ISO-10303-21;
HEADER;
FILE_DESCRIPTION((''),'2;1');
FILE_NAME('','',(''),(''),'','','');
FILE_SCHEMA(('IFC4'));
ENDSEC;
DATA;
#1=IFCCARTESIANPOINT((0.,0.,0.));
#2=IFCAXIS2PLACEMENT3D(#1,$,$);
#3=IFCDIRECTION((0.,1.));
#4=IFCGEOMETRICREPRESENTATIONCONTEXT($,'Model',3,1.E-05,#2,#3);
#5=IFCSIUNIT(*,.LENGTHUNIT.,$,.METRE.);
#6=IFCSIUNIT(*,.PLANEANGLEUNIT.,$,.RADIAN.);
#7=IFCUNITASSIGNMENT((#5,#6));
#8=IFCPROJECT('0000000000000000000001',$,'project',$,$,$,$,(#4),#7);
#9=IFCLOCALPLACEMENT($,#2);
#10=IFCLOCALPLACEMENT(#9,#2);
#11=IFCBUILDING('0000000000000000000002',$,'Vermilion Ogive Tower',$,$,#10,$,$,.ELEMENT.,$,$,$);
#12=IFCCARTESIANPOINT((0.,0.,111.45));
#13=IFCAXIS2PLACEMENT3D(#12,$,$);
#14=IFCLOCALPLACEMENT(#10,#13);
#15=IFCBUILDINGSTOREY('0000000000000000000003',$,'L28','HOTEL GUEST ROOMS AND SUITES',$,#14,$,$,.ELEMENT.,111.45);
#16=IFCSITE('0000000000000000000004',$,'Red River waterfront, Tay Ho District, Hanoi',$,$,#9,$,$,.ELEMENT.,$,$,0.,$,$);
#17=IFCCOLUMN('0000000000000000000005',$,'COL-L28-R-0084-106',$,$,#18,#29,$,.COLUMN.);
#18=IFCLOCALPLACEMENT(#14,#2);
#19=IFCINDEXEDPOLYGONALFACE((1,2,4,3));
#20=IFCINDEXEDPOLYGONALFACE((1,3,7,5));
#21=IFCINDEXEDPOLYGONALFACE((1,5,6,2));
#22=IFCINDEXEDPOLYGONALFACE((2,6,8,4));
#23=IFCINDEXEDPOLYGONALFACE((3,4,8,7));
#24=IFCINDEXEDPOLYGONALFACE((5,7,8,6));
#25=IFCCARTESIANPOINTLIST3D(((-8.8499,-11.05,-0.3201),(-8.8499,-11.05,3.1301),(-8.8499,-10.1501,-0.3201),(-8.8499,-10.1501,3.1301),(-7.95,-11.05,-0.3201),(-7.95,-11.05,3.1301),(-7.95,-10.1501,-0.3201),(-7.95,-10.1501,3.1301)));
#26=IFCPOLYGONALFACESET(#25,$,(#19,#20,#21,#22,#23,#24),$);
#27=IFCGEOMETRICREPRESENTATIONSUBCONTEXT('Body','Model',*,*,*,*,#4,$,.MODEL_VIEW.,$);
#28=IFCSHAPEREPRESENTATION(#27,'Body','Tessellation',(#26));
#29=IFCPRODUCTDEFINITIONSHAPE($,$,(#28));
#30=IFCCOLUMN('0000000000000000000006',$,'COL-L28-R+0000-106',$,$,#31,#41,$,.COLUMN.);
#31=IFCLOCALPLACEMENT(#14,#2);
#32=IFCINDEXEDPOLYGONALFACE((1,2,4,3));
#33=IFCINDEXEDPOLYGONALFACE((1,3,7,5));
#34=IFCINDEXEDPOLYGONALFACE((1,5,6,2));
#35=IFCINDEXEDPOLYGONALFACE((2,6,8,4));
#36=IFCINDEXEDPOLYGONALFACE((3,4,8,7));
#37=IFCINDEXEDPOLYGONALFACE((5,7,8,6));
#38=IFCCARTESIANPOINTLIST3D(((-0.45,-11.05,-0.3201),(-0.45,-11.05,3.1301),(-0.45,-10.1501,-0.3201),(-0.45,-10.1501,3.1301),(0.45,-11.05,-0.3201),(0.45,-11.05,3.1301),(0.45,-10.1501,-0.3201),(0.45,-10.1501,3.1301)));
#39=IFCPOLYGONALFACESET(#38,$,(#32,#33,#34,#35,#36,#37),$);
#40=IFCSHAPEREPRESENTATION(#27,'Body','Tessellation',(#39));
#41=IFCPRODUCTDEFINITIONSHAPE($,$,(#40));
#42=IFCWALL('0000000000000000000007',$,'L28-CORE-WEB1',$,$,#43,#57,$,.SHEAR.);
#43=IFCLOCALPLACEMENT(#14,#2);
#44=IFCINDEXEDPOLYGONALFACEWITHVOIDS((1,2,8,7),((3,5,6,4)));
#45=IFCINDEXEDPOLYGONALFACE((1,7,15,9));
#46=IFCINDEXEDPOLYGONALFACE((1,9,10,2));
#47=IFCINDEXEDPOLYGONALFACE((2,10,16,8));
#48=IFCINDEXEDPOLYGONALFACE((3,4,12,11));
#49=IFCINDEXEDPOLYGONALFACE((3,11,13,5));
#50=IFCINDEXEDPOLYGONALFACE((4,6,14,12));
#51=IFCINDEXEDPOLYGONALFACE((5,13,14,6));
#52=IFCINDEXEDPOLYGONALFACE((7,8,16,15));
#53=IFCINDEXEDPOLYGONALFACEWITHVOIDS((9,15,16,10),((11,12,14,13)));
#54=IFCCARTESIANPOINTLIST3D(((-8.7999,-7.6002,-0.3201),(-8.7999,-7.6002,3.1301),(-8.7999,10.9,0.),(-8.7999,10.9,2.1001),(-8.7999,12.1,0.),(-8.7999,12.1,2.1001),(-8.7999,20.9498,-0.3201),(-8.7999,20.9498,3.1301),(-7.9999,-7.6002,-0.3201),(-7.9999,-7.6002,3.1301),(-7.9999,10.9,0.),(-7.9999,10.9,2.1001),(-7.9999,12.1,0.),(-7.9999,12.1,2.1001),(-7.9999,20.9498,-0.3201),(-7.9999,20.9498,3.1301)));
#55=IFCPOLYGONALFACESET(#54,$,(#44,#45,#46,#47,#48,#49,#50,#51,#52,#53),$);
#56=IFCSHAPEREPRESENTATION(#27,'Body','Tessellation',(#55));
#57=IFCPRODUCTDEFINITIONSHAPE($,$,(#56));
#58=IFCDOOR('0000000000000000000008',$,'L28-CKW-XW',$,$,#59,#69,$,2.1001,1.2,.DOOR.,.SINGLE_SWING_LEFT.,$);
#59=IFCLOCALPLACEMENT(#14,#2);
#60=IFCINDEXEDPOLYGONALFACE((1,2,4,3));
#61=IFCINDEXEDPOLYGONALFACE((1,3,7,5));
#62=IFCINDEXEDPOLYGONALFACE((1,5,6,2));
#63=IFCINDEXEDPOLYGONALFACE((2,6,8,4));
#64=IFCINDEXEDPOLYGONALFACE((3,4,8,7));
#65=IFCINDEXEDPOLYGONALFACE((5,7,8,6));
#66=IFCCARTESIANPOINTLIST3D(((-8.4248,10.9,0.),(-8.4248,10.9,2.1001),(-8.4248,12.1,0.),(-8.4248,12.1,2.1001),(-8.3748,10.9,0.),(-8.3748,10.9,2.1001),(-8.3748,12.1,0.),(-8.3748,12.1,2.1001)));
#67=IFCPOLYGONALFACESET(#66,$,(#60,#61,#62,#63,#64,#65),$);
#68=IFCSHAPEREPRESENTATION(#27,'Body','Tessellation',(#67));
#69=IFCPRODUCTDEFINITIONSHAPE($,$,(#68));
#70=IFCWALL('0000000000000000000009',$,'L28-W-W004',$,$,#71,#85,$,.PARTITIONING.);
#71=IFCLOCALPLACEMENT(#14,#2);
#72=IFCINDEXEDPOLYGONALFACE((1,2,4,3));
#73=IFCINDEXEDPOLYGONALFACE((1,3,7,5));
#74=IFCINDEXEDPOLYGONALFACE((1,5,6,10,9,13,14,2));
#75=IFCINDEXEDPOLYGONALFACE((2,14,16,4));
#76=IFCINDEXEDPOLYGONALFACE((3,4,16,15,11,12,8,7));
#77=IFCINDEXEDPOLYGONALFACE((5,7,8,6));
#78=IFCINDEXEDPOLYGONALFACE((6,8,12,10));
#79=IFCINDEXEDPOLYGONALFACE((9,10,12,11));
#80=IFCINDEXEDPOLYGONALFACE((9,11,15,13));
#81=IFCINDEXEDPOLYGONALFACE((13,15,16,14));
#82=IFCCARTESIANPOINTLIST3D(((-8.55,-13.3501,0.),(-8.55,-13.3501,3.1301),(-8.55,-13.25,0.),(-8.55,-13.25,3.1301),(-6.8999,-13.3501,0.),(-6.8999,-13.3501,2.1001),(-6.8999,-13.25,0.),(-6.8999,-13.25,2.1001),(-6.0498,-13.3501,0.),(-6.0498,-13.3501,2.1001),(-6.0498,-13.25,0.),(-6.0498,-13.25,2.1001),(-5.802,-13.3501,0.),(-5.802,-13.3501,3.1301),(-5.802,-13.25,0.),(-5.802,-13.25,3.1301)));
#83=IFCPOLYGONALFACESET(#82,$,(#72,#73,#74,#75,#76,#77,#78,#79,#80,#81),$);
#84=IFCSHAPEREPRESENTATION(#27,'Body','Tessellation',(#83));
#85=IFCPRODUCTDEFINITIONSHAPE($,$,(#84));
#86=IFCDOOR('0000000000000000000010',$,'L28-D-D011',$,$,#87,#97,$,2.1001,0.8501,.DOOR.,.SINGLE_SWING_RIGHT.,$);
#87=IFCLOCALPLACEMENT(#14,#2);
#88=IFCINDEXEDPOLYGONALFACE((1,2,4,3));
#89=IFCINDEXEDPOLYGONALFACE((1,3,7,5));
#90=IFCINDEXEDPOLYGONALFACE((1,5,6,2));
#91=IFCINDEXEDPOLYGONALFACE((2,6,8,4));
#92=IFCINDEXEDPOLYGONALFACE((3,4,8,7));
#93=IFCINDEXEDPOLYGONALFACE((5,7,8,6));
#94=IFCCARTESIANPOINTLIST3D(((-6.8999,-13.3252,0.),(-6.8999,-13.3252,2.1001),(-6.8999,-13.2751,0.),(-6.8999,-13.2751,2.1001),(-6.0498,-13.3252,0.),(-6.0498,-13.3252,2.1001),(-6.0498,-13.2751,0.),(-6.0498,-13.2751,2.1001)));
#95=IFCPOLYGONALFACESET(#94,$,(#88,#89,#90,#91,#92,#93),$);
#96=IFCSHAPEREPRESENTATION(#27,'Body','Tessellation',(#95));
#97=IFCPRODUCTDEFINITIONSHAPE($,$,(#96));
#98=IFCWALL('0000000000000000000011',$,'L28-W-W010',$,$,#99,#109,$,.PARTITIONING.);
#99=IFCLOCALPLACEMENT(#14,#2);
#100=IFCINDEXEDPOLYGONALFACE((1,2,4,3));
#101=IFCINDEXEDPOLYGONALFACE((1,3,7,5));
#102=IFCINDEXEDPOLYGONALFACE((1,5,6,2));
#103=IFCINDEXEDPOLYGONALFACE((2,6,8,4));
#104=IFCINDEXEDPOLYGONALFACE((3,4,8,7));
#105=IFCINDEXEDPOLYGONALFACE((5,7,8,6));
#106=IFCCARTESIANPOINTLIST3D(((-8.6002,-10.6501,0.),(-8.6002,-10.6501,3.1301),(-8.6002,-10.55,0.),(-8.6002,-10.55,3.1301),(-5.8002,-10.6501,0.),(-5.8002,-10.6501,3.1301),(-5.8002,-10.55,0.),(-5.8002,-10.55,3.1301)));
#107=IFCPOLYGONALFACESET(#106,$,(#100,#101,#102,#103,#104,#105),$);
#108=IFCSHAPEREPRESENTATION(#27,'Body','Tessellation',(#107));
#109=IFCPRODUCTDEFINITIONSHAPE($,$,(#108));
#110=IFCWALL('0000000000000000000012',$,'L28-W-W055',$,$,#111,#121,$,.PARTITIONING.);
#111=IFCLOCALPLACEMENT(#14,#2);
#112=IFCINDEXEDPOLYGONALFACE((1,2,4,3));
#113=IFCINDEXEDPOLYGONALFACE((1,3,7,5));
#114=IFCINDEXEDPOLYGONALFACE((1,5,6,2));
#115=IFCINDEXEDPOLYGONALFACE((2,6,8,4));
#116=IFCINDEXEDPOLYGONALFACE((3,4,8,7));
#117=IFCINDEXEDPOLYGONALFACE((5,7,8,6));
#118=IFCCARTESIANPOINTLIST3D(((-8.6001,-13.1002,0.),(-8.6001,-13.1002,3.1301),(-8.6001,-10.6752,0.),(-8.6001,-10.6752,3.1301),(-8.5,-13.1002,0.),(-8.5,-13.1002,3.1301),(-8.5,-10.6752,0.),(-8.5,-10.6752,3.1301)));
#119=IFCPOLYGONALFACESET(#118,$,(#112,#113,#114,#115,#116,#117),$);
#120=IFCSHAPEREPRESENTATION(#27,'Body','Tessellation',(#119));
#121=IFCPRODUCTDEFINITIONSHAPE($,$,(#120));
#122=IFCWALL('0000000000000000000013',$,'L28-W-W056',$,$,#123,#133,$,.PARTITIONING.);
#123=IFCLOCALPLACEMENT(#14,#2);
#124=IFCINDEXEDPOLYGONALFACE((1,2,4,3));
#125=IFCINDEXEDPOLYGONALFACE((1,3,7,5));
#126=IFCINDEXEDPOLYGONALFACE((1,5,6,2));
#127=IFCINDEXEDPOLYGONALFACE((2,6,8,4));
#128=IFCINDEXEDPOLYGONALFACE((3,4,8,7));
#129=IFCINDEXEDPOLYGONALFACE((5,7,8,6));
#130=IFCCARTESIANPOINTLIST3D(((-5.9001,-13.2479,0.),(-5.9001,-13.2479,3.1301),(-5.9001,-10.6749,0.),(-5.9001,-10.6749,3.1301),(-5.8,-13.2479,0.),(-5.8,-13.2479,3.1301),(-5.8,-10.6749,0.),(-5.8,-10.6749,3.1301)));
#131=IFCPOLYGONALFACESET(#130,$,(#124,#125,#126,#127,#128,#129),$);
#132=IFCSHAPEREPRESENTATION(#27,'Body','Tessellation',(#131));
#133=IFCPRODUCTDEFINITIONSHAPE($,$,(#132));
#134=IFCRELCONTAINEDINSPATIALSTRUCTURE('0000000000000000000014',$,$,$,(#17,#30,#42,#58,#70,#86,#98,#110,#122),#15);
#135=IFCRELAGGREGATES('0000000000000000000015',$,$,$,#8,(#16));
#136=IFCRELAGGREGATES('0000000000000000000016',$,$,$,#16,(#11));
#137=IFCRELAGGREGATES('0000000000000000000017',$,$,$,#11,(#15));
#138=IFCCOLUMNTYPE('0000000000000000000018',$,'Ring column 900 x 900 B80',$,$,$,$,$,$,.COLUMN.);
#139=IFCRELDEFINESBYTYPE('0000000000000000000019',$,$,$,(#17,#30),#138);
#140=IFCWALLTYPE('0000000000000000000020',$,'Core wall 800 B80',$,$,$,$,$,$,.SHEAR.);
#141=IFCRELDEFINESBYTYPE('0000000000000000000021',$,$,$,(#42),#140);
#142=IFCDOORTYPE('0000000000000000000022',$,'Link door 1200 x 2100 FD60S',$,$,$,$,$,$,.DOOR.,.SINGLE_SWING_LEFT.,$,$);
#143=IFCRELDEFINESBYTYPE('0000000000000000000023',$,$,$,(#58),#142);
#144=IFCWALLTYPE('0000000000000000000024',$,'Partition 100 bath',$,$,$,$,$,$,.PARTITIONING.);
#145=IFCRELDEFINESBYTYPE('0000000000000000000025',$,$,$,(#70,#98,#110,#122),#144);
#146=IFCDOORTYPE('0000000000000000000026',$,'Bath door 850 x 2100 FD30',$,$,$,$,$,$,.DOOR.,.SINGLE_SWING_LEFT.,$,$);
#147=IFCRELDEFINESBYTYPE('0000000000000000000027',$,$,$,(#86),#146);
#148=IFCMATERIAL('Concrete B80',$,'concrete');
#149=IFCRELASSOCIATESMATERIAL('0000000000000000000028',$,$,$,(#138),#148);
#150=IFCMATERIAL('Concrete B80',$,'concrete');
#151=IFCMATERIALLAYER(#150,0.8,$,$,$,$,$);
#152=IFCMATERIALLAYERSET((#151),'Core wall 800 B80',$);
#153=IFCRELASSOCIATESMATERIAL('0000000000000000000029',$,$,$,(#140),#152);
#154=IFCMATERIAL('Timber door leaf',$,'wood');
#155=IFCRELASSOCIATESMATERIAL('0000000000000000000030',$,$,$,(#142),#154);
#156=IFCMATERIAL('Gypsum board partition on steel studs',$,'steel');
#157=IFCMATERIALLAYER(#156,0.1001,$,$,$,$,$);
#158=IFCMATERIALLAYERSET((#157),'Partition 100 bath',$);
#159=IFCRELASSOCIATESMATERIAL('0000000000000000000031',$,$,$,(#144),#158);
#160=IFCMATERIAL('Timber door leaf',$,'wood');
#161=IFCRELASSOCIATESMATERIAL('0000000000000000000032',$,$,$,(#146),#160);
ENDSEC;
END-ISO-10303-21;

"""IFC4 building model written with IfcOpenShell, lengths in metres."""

from ifc_helpers import new_model, si_unit, direction, frame, frame_2d, origin, origin_2d, place, context, subcontext, project, spatial, rectangle, extrude, material, layer, layer_set, material_profile, profile_set, type_object, element, fill, save


model = new_model("IFC4")

# Units and contexts
model_context = context("Model", 3, precision=1e-05, world=origin(), true_north=direction((0.0, 1.0)))
body_context = subcontext(model_context, "Body", "Model", "MODEL_VIEW")
ifc_project = project(units=[si_unit("LENGTHUNIT", "METRE"), si_unit("PLANEANGLEUNIT", "RADIAN")], contexts=[model_context])

# Site, building, storey
site_placement = place(None, origin())
site = spatial("IfcSite", under=ifc_project, at=site_placement, Name="Red River waterfront, Tay Ho District, Hanoi", CompositionType="ELEMENT", RefElevation=0.0)
building_placement = place(site_placement, origin())
building = spatial("IfcBuilding", under=site, at=building_placement, Name="Vermilion Ogive Tower", CompositionType="ELEMENT")
storey_placement = place(building_placement, frame((0.0, 0.0, 111.45)))
storey = spatial("IfcBuildingStorey", under=building, at=storey_placement, Name="L28", Description="HOTEL GUEST ROOMS AND SUITES", CompositionType="ELEMENT", Elevation=111.45)

# Columns
ifc_material_1 = material(Name="Concrete B80", Category="concrete")
ifc_material_profile = material_profile(ifc_material_1, rectangle(XDim=0.8999, YDim=0.8999, at=origin_2d()), Name="900 x 900")
ifc_profile_set = profile_set([ifc_material_profile], Name="Concrete B80")
column_type = type_object("IfcColumnType", Name="Ring column 900 x 900 B80", PredefinedType="COLUMN", material=ifc_profile_set)
for number, where, z_axis, x_axis, name in (
    (1, (-8.3999, -10.6001, -0.3201), (0.0, 0.0, 1.0), (1.0, 0.0, 0.0), "COL-L28-R-0084-106"),
    (2, (0.0, -10.6001, -0.3201), (0.0, 0.0, 1.0), (1.0, 0.0, 0.0), "COL-L28-R+0000-106"),
):
    element("IfcColumn", number, at=place(storey_placement, frame(where, z_axis=z_axis, x_axis=x_axis)), inside=storey, type_object=column_type, Name=name, PredefinedType="COLUMN", context=body_context, shape_type="SweptSolid", body=[
        extrude(rectangle(XDim=0.8999, YDim=0.8999, at=origin_2d()), origin(), (0.0, 0.0, 1.0), 3.4502),
    ])

# Walls, openings, doors
ifc_material_2 = material(Name="Concrete B80", Category="concrete")
ifc_layer_1 = layer(ifc_material_2, 0.8)
ifc_layer_set_1 = layer_set([ifc_layer_1], Name="Core wall 800 B80")
wall_type_1 = type_object("IfcWallType", Name="Core wall 800 B80", PredefinedType="SHEAR", material=ifc_layer_set_1)
wall_1_placement = place(storey_placement, frame((-8.3999, -7.6001, -0.3201), z_axis=(0.0, 0.0, 1.0), x_axis=(0.0, 1.0, 0.0)))
wall_1 = element("IfcWall", 3, at=wall_1_placement, inside=storey, type_object=wall_type_1, Name="L28-CORE-WEB1", PredefinedType="SHEAR", context=body_context, shape_type="SweptSolid", body=[
    extrude(rectangle(XDim=28.55, YDim=0.8, at=frame_2d((14.2749, 0.0))), origin(), (0.0, 0.0, 1.0), 3.4502),
])
opening_1_placement = place(wall_1_placement, frame((18.5, 0.0, 0.3201)))
opening_1 = element("IfcOpeningElement", 4, at=opening_1_placement, cuts=wall_1, PredefinedType="OPENING", context=body_context, shape_type="SweptSolid", body=[
    extrude(rectangle(XDim=1.2, YDim=2.1001, at=frame_2d((0.6001, 1.05))), frame((0.0, 0.4099, 0.0), z_axis=(0.0, -1.0, 0.0), x_axis=(1.0, 0.0, 0.0)), (0.0, 0.0, 1.0), 0.8201),
])
ifc_material_3 = material(Name="Timber door leaf", Category="wood")
door_type_1 = type_object("IfcDoorType", Name="Link door 1200 x 2100 FD60S", OperationType="SINGLE_SWING_LEFT", PredefinedType="DOOR", material=ifc_material_3)
door_1_placement = place(opening_1_placement, origin())
door_1 = element("IfcDoor", 5, at=door_1_placement, inside=storey, type_object=door_type_1, Name="L28-CKW-XW", OperationType="SINGLE_SWING_LEFT", OverallHeight=2.1001, OverallWidth=1.2, PredefinedType="DOOR", context=body_context, shape_type="SweptSolid", body=[
    extrude(rectangle(XDim=1.2, YDim=2.1001, at=frame_2d((0.6001, 1.05))), frame((0.0, 0.0249, 0.0), z_axis=(0.0, -1.0, 0.0), x_axis=(1.0, 0.0, 0.0)), (0.0, 0.0, 1.0), 0.05),
])
fill(opening_1, door_1)
ifc_material_4 = material(Name="Gypsum board partition on steel studs", Category="steel")
ifc_layer_2 = layer(ifc_material_4, 0.1001)
ifc_layer_set_2 = layer_set([ifc_layer_2], Name="Partition 100 bath")
wall_type_2 = type_object("IfcWallType", Name="Partition 100 bath", PredefinedType="PARTITIONING", material=ifc_layer_set_2)
wall_2_placement = place(storey_placement, frame((-8.55, -13.3, 0.0), z_axis=(0.0, 0.0, 1.0), x_axis=(1.0, 0.0, 0.0)))
wall_2 = element("IfcWall", 6, at=wall_2_placement, inside=storey, type_object=wall_type_2, Name="L28-W-W004", PredefinedType="PARTITIONING", context=body_context, shape_type="SweptSolid", body=[
    extrude(rectangle(XDim=2.748, YDim=0.1001, at=frame_2d((1.374, 0.0))), origin(), (0.0, 0.0, 1.0), 3.1301),
])
opening_2_placement = place(wall_2_placement, frame((1.6501, 0.0, 0.0)))
opening_2 = element("IfcOpeningElement", 7, at=opening_2_placement, cuts=wall_2, PredefinedType="OPENING", context=body_context, shape_type="SweptSolid", body=[
    extrude(rectangle(XDim=0.8501, YDim=2.1001, at=frame_2d((0.425, 1.05))), frame((0.0, 0.0601, 0.0), z_axis=(0.0, -1.0, 0.0), x_axis=(1.0, 0.0, 0.0)), (0.0, 0.0, 1.0), 0.1201),
])
ifc_material_5 = material(Name="Timber door leaf", Category="wood")
door_type_2 = type_object("IfcDoorType", Name="Bath door 850 x 2100 FD30", OperationType="SINGLE_SWING_LEFT", PredefinedType="DOOR", material=ifc_material_5)
door_2_placement = place(opening_2_placement, origin())
door_2 = element("IfcDoor", 8, at=door_2_placement, inside=storey, type_object=door_type_2, Name="L28-D-D011", OperationType="SINGLE_SWING_RIGHT", OverallHeight=2.1001, OverallWidth=0.8501, PredefinedType="DOOR", context=body_context, shape_type="SweptSolid", body=[
    extrude(rectangle(XDim=0.8501, YDim=2.1001, at=frame_2d((0.425, 1.05))), frame((0.0, 0.0249, 0.0), z_axis=(0.0, -1.0, 0.0), x_axis=(1.0, 0.0, 0.0)), (0.0, 0.0, 1.0), 0.05),
])
fill(opening_2, door_2)

# Walls
wall_3_placement = place(storey_placement, frame((-8.6001, -10.6001, 0.0), z_axis=(0.0, 0.0, 1.0), x_axis=(1.0, 0.0, 0.0)))
element("IfcWall", 9, at=wall_3_placement, inside=storey, type_object=wall_type_2, Name="L28-W-W010", PredefinedType="PARTITIONING", context=body_context, shape_type="SweptSolid", body=[
    extrude(rectangle(XDim=2.8, YDim=0.1001, at=frame_2d((1.3999, 0.0))), origin(), (0.0, 0.0, 1.0), 3.1301),
])
wall_4_placement = place(storey_placement, frame((-8.55, -13.1001, 0.0), z_axis=(0.0, 0.0, 1.0), x_axis=(0.0, 1.0, 0.0)))
element("IfcWall", 10, at=wall_4_placement, inside=storey, type_object=wall_type_2, Name="L28-W-W055", PredefinedType="PARTITIONING", context=body_context, shape_type="SweptSolid", body=[
    extrude(rectangle(XDim=2.425, YDim=0.1001, at=frame_2d((1.2124, 0.0))), origin(), (0.0, 0.0, 1.0), 3.1301),
])
wall_5_placement = place(storey_placement, frame((-5.8501, -13.248, 0.0), z_axis=(0.0, 0.0, 1.0), x_axis=(0.0, 1.0, 0.0)))
element("IfcWall", 11, at=wall_5_placement, inside=storey, type_object=wall_type_2, Name="L28-W-W056", PredefinedType="PARTITIONING", context=body_context, shape_type="SweptSolid", body=[
    extrude(rectangle(XDim=2.573, YDim=0.1001, at=frame_2d((1.2866, 0.0))), origin(), (0.0, 0.0, 1.0), 3.1301),
])

save(model, "model.ifc")
